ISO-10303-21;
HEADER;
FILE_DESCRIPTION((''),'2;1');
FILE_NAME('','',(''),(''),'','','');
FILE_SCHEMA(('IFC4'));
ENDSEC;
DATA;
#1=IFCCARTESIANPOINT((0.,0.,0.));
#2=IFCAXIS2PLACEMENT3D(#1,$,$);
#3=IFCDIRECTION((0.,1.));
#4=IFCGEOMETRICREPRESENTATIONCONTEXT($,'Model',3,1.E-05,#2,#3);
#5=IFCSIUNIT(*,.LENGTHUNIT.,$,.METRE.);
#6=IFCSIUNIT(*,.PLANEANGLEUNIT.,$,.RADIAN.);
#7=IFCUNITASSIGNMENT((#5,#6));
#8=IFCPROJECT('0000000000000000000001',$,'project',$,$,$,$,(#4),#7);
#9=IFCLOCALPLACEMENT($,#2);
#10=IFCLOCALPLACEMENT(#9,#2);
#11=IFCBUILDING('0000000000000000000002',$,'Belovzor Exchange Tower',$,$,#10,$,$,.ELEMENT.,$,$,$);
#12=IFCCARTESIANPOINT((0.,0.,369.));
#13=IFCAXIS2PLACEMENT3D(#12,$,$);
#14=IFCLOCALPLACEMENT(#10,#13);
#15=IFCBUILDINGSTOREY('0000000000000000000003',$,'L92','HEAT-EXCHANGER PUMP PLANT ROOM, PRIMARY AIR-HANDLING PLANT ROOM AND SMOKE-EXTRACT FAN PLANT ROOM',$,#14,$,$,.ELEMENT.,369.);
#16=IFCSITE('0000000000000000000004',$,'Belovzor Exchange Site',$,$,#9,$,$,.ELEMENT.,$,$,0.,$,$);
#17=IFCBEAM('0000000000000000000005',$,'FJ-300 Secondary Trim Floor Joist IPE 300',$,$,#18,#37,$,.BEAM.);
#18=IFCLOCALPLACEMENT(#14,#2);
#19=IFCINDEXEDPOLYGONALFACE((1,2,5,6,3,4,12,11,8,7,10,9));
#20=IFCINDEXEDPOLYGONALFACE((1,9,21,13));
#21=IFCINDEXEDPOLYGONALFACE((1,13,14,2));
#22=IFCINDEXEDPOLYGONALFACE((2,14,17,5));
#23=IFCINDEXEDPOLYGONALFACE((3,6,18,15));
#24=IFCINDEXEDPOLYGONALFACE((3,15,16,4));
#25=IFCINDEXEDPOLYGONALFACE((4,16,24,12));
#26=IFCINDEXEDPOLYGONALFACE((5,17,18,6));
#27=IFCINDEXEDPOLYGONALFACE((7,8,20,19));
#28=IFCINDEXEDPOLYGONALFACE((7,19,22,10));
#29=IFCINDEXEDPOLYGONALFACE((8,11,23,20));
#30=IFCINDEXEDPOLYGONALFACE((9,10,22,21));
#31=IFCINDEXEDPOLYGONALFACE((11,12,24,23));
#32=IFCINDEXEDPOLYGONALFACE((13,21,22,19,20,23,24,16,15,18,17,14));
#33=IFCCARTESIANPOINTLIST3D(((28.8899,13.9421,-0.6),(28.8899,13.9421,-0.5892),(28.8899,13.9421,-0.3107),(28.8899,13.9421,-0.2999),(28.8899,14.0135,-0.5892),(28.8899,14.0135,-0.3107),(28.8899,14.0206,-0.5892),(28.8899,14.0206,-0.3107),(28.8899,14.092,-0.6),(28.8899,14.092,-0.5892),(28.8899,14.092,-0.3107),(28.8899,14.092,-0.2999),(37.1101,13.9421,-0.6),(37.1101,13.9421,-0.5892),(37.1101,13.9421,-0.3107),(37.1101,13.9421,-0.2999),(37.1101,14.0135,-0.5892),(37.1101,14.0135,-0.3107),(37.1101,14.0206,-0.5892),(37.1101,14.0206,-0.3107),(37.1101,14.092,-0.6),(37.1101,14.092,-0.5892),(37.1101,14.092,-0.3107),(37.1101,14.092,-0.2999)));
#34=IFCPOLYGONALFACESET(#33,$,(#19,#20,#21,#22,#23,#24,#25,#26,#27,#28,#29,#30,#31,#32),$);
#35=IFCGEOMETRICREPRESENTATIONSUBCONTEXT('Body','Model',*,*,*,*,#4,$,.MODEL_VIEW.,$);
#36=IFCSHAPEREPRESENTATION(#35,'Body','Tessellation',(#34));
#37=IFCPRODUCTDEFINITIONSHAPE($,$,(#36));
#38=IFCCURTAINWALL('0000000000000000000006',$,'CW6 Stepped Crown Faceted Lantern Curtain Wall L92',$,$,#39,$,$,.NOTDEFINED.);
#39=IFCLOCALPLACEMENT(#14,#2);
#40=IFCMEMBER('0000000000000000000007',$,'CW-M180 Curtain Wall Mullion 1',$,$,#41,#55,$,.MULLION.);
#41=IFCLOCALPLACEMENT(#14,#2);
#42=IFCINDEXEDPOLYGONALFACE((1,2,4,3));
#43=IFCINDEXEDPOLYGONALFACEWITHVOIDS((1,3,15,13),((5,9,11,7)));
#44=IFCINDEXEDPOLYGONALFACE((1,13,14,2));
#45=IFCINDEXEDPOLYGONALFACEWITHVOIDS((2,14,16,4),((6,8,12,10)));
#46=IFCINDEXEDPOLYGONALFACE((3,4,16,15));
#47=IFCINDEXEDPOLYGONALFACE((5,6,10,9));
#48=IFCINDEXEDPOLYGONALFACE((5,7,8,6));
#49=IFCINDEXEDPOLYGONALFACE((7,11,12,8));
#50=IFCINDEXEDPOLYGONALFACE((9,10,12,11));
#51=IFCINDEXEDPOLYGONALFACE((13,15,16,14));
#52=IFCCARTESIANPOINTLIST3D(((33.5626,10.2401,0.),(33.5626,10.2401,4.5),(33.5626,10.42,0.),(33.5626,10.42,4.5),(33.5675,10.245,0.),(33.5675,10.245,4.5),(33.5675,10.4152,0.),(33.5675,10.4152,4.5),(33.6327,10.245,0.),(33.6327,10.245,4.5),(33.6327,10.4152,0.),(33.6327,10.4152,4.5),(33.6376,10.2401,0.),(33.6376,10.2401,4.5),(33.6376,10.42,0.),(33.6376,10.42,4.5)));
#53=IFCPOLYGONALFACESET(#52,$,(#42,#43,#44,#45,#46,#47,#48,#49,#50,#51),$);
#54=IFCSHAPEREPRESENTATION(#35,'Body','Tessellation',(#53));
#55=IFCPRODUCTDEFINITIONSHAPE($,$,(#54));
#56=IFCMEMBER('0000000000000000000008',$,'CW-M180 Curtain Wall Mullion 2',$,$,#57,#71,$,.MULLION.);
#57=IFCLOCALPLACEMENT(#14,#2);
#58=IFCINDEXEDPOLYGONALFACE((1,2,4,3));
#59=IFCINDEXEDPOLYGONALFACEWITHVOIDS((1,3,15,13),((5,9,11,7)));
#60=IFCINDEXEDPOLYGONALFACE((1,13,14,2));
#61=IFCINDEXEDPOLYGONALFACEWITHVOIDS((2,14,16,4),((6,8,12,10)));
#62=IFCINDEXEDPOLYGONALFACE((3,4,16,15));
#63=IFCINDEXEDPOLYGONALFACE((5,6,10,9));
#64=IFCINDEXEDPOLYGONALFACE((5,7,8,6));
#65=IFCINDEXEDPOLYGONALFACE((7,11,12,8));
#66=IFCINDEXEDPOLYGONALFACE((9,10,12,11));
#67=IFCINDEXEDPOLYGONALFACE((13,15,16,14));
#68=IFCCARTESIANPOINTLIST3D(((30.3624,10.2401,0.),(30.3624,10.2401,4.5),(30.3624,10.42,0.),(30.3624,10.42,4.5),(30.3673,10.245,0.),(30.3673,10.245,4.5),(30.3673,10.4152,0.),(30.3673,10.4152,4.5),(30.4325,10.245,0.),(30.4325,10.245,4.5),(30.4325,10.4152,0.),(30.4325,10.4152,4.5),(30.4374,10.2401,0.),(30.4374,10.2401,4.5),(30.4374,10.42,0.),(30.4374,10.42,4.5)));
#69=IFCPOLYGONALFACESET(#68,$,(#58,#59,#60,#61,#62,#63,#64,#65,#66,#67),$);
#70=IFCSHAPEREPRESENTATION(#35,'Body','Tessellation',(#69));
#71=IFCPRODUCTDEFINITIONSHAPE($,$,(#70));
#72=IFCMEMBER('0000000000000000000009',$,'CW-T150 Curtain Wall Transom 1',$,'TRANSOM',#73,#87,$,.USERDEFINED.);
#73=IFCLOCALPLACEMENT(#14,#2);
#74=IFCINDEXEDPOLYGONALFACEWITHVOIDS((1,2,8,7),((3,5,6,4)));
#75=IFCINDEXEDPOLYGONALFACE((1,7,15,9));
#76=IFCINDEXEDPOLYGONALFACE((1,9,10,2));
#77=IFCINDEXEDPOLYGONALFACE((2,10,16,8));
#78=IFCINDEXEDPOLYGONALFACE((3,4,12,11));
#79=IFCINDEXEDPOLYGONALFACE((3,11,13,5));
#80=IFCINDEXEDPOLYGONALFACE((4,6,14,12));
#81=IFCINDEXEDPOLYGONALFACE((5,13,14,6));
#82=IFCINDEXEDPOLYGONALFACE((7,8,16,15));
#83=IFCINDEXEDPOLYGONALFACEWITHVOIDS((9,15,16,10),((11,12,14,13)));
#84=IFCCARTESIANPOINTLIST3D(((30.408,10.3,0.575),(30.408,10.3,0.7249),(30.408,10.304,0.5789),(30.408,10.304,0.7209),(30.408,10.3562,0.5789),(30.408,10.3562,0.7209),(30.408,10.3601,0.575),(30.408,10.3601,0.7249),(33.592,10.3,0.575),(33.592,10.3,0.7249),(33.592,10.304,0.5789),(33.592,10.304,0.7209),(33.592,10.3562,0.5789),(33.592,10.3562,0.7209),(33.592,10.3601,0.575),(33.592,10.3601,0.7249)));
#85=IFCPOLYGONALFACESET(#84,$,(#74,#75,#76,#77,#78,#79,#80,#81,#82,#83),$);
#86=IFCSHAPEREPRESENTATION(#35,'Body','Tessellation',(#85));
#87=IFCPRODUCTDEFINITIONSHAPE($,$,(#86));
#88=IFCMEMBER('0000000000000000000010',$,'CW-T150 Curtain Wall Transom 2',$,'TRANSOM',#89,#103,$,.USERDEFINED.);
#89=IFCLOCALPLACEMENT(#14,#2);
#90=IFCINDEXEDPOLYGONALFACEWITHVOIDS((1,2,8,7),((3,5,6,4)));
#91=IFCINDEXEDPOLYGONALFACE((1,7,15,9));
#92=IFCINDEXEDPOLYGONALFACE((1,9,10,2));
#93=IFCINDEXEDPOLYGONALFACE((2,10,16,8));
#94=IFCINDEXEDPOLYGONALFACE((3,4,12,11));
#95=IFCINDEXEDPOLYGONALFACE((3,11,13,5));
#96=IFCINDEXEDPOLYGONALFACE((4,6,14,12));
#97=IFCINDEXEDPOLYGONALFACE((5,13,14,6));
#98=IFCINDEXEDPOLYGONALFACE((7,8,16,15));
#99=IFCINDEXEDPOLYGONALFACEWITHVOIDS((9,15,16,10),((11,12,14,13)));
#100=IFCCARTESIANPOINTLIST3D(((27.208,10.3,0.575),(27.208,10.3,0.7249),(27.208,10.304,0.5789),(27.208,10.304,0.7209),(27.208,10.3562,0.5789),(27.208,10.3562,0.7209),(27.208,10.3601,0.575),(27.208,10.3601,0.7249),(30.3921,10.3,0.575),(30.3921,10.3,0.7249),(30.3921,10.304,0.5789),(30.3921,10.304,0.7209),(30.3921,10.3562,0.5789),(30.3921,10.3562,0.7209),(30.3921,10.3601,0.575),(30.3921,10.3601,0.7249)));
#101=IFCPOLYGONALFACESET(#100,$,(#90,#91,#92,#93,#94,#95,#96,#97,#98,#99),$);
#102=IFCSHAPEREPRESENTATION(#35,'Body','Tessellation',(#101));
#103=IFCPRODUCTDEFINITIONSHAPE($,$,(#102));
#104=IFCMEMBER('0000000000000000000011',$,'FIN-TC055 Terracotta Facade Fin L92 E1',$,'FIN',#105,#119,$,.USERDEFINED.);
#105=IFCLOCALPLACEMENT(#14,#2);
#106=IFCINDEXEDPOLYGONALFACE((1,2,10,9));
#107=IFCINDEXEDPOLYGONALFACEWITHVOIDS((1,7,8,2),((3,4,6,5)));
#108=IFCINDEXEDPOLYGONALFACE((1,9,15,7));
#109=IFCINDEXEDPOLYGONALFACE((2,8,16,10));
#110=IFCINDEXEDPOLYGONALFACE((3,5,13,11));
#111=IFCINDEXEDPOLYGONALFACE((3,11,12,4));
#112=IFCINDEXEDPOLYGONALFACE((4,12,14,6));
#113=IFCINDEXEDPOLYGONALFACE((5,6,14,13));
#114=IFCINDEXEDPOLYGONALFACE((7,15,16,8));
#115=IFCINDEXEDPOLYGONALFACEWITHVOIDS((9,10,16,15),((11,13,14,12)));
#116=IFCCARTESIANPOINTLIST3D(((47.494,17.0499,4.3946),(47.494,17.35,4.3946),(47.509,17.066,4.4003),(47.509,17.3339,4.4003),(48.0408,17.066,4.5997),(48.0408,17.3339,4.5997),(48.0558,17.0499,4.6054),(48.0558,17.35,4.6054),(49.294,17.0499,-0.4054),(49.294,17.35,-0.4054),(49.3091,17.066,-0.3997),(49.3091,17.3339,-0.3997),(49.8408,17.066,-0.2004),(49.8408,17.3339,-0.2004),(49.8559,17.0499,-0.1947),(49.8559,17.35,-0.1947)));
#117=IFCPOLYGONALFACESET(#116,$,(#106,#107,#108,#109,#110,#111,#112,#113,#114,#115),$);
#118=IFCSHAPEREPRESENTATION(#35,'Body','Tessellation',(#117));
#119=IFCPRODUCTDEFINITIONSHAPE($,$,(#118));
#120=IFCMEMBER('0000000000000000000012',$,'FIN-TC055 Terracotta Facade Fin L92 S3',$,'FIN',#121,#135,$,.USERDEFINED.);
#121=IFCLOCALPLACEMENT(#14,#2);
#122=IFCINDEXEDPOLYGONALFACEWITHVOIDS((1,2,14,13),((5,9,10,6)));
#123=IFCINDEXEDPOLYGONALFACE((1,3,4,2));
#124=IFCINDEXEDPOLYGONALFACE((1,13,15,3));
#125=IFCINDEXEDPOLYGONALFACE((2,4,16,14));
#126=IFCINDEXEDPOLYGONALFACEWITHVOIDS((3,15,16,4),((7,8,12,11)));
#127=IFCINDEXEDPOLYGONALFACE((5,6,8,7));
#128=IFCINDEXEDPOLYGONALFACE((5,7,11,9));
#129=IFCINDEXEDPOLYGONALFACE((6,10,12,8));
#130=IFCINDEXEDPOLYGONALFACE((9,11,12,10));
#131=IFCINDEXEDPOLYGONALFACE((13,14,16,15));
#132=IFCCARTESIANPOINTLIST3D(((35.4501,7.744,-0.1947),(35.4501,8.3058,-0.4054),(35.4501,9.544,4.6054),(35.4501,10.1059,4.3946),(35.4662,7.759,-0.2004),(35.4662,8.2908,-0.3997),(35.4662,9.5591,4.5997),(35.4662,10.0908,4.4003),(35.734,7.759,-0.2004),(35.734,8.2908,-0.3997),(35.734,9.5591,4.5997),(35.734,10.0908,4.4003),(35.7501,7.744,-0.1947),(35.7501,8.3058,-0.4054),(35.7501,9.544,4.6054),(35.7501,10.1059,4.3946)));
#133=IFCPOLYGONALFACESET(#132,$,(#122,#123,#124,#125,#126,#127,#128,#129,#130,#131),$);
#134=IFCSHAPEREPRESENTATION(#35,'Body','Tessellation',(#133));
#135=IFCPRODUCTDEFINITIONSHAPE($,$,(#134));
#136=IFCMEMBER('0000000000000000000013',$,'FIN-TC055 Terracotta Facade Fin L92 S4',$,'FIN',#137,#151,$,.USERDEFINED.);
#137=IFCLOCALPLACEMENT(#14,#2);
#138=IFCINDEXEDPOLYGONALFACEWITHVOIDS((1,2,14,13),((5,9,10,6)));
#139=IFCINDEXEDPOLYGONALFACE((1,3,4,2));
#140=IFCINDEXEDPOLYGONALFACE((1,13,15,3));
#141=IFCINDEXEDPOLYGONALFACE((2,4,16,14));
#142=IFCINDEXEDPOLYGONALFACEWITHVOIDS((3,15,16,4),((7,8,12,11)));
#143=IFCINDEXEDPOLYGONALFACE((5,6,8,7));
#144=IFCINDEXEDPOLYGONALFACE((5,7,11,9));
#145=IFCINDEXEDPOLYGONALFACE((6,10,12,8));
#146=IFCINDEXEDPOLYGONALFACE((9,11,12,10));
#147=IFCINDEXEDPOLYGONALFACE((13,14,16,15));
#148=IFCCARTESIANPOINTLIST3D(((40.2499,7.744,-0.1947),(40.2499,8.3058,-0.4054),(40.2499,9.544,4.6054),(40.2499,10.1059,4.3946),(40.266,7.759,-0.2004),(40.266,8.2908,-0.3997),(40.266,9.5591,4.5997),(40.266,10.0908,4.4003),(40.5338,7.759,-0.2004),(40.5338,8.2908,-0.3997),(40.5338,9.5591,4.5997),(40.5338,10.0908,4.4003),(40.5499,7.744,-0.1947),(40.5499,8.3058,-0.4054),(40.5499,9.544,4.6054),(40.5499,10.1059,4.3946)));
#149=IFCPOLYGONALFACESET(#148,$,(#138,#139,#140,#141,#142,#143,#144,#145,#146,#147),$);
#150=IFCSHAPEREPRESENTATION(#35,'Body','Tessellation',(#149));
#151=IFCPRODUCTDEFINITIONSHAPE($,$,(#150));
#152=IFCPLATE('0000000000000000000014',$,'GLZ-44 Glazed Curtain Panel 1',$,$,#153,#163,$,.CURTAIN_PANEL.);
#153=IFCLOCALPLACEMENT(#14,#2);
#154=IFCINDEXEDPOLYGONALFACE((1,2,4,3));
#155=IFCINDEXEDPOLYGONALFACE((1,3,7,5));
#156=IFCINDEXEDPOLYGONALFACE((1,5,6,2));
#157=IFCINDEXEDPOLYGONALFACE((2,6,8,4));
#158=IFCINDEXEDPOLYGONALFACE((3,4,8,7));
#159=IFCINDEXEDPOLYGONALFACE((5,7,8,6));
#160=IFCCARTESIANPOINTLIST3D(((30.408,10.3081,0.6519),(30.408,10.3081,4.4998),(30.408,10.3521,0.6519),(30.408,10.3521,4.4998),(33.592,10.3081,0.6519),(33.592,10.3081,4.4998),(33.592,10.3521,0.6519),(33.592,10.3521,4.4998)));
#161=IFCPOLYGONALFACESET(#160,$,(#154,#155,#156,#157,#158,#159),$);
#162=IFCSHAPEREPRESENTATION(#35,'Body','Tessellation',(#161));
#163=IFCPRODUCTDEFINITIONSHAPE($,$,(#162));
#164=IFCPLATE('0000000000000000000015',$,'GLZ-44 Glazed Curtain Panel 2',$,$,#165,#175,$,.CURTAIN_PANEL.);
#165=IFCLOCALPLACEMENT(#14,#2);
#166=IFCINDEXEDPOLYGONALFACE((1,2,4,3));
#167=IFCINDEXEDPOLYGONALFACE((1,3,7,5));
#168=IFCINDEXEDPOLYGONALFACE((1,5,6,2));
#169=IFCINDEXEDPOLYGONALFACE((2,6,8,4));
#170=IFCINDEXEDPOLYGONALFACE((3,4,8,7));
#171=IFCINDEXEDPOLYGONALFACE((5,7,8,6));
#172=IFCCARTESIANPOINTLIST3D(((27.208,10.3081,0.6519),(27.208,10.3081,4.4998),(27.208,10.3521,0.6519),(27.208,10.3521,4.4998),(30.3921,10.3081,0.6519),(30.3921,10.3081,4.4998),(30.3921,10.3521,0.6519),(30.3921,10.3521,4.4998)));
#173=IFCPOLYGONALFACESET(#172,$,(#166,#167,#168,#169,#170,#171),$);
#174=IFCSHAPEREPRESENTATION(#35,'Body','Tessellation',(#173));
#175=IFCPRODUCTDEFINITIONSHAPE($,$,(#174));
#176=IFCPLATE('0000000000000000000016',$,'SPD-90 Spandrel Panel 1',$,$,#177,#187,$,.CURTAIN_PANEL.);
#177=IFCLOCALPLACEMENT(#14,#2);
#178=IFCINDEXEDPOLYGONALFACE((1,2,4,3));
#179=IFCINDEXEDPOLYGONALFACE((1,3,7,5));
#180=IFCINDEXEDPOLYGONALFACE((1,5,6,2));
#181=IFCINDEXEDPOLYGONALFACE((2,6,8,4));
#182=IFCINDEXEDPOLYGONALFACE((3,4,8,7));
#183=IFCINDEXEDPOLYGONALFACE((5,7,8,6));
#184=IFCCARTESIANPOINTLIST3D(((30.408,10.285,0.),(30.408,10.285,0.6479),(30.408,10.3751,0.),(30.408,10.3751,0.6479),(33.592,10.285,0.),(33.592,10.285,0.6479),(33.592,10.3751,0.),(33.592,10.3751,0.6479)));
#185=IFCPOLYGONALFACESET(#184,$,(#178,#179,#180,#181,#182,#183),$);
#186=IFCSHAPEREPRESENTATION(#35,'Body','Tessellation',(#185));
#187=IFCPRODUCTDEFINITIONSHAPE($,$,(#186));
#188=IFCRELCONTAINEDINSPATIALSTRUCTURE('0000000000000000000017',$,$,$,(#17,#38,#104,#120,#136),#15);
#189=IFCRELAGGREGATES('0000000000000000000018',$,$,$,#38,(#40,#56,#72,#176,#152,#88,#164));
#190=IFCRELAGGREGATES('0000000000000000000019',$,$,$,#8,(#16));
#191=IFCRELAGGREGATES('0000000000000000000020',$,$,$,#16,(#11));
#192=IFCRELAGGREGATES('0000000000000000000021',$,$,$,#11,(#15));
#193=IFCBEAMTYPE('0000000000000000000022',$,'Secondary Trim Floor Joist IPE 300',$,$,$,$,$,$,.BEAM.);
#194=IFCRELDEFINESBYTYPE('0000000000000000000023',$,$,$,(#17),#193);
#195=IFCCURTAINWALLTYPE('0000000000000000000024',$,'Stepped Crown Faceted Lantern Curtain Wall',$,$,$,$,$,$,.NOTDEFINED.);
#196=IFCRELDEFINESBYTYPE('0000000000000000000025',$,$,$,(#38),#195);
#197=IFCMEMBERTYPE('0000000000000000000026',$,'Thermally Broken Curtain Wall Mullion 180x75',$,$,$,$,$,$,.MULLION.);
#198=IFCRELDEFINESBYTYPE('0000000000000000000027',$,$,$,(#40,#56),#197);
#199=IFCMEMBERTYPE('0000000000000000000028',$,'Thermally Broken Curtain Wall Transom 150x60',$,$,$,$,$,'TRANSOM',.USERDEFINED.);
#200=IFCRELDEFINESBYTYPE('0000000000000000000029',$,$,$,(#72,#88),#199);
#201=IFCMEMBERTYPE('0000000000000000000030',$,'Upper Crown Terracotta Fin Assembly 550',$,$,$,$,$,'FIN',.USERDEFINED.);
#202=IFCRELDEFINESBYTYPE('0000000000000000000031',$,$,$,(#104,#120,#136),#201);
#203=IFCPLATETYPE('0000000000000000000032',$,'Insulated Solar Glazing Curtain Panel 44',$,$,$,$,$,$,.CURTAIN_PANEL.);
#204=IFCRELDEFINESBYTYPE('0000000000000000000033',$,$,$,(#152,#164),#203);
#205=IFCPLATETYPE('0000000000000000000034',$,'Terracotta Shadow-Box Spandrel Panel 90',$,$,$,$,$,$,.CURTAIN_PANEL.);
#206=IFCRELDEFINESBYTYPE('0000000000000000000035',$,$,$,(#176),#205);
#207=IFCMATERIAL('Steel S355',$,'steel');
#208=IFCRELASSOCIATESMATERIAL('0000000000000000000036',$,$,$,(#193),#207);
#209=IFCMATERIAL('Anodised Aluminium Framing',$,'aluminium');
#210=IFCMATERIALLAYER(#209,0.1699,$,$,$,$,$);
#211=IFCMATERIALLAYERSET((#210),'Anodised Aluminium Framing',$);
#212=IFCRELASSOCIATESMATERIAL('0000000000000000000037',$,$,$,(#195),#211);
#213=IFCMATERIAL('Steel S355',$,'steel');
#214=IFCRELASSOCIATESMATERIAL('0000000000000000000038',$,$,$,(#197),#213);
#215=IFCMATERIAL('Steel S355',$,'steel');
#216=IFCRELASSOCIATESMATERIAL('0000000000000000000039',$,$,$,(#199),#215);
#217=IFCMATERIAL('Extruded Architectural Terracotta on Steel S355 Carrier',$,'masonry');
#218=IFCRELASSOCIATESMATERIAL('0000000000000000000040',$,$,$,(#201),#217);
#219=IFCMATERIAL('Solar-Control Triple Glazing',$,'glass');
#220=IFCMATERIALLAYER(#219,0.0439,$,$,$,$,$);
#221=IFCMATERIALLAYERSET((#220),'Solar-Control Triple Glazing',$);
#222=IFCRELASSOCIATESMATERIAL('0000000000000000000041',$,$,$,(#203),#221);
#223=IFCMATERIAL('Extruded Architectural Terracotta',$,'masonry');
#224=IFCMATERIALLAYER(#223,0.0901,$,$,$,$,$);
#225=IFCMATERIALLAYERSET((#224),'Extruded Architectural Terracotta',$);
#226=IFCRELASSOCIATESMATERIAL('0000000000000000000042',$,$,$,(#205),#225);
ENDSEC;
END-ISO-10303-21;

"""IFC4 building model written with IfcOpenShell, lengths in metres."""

from ifc_helpers import new_model, si_unit, direction, frame, origin, origin_2d, place, context, subcontext, project, spatial, rectangle, hollow_rectangle, i_section, extrude, material, layer, layer_set, material_profile, profile_set, type_object, element, aggregate, save


model = new_model("IFC4")

# Units and contexts
model_context = context("Model", 3, precision=1e-05, world=origin(), true_north=direction((0.0, 1.0)))
body_context = subcontext(model_context, "Body", "Model", "MODEL_VIEW")
ifc_project = project(units=[si_unit("LENGTHUNIT", "METRE"), si_unit("PLANEANGLEUNIT", "RADIAN")], contexts=[model_context])

# Site, building, storey
site_placement = place(None, origin())
site = spatial("IfcSite", under=ifc_project, at=site_placement, Name="Belovzor Exchange Site", CompositionType="ELEMENT", RefElevation=0.0)
building_placement = place(site_placement, origin())
building = spatial("IfcBuilding", under=site, at=building_placement, Name="Belovzor Exchange Tower", CompositionType="ELEMENT")
storey_placement = place(building_placement, frame((0.0, 0.0, 369.0)))
storey = spatial("IfcBuildingStorey", under=building, at=storey_placement, Name="L92", Description="HEAT-EXCHANGER PUMP PLANT ROOM, PRIMARY AIR-HANDLING PLANT ROOM AND SMOKE-EXTRACT FAN PLANT ROOM", CompositionType="ELEMENT", Elevation=369.0)

# Beam
ifc_material_1 = material(Name="Steel S355", Category="steel")
ifc_material_profile_1 = material_profile(ifc_material_1, i_section(OverallWidth=0.1499, OverallDepth=0.3, WebThickness=0.0071, FlangeThickness=0.0107, at=origin_2d()))
ifc_profile_set_1 = profile_set([ifc_material_profile_1], Name="Steel S355")
beam_type_1 = type_object("IfcBeamType", Name="Secondary Trim Floor Joist IPE 300", PredefinedType="BEAM", material=ifc_profile_set_1)
beam_1_placement = place(storey_placement, frame((28.8899, 14.0171, -0.45), z_axis=(1.0, 0.0, 0.0), x_axis=(0.0, 1.0, 0.0)))
element("IfcBeam", 1, at=beam_1_placement, inside=storey, type_object=beam_type_1, Name="FJ-300 Secondary Trim Floor Joist IPE 300", PredefinedType="BEAM", context=body_context, shape_type="SweptSolid", body=[
    extrude(i_section(OverallWidth=0.1499, OverallDepth=0.3, WebThickness=0.0071, FlangeThickness=0.0107, at=origin_2d()), origin(), (0.0, 0.0, 1.0), 8.2202),
])

# Curtain wall, members
ifc_material_2 = material(Name="Anodised Aluminium Framing", Category="aluminium")
ifc_layer_1 = layer(ifc_material_2, 0.1699)
ifc_layer_set_1 = layer_set([ifc_layer_1], Name="Anodised Aluminium Framing")
curtain_wall_type = type_object("IfcCurtainWallType", Name="Stepped Crown Faceted Lantern Curtain Wall", PredefinedType="NOTDEFINED", material=ifc_layer_set_1)
curtain_wall_placement = place(storey_placement, origin())
curtain_wall = element("IfcCurtainWall", 2, at=curtain_wall_placement, inside=storey, type_object=curtain_wall_type, Name="CW6 Stepped Crown Faceted Lantern Curtain Wall L92", PredefinedType="NOTDEFINED")
ifc_material_3 = material(Name="Steel S355", Category="steel")
ifc_material_profile_2 = material_profile(ifc_material_3, hollow_rectangle(XDim=0.075, YDim=0.1799, WallThickness=0.0049, at=origin_2d()))
ifc_profile_set_2 = profile_set([ifc_material_profile_2], Name="Steel S355")
member_type_1 = type_object("IfcMemberType", Name="Thermally Broken Curtain Wall Mullion 180x75", PredefinedType="MULLION", material=ifc_profile_set_2)
member_1_placement = place(storey_placement, frame((33.6001, 10.3301, 0.0), z_axis=(0.0, 0.0, 1.0), x_axis=(-1.0, 0.0, 0.0)))
member_1 = element("IfcMember", 3, at=member_1_placement, type_object=member_type_1, Name="CW-M180 Curtain Wall Mullion 1", PredefinedType="MULLION", context=body_context, shape_type="SweptSolid", body=[
    extrude(hollow_rectangle(XDim=0.075, YDim=0.1799, WallThickness=0.0049, at=origin_2d()), origin(), (0.0, 0.0, 1.0), 4.5),
])
member_2_placement = place(storey_placement, frame((30.3999, 10.3301, 0.0), z_axis=(0.0, 0.0, 1.0), x_axis=(-1.0, 0.0, 0.0)))
member_2 = element("IfcMember", 4, at=member_2_placement, type_object=member_type_1, Name="CW-M180 Curtain Wall Mullion 2", PredefinedType="MULLION", context=body_context, shape_type="SweptSolid", body=[
    extrude(hollow_rectangle(XDim=0.075, YDim=0.1799, WallThickness=0.0049, at=origin_2d()), origin(), (0.0, 0.0, 1.0), 4.5),
])
ifc_material_4 = material(Name="Steel S355", Category="steel")
ifc_material_profile_3 = material_profile(ifc_material_4, hollow_rectangle(XDim=0.0601, YDim=0.1499, WallThickness=0.0039, at=origin_2d()))
ifc_profile_set_3 = profile_set([ifc_material_profile_3], Name="Steel S355")
member_type_2 = type_object("IfcMemberType", Name="Thermally Broken Curtain Wall Transom 150x60", ElementType="TRANSOM", PredefinedType="USERDEFINED", material=ifc_profile_set_3)
member_3_placement = place(storey_placement, frame((33.592, 10.3301, 0.6499), z_axis=(-1.0, 0.0, 0.0), x_axis=(0.0, -1.0, 0.0)))
member_3 = element("IfcMember", 5, at=member_3_placement, type_object=member_type_2, Name="CW-T150 Curtain Wall Transom 1", ObjectType="TRANSOM", PredefinedType="USERDEFINED", context=body_context, shape_type="SweptSolid", body=[
    extrude(hollow_rectangle(XDim=0.0601, YDim=0.1499, WallThickness=0.0039, at=origin_2d()), origin(), (0.0, 0.0, 1.0), 3.1841),
])
member_4_placement = place(storey_placement, frame((30.3921, 10.3301, 0.6499), z_axis=(-1.0, 0.0, 0.0), x_axis=(0.0, -1.0, 0.0)))
member_4 = element("IfcMember", 6, at=member_4_placement, type_object=member_type_2, Name="CW-T150 Curtain Wall Transom 2", ObjectType="TRANSOM", PredefinedType="USERDEFINED", context=body_context, shape_type="SweptSolid", body=[
    extrude(hollow_rectangle(XDim=0.0601, YDim=0.1499, WallThickness=0.0039, at=origin_2d()), origin(), (0.0, 0.0, 1.0), 3.1841),
])

# Members
ifc_material_5 = material(Name="Extruded Architectural Terracotta on Steel S355 Carrier", Category="masonry")
ifc_material_profile_4 = material_profile(ifc_material_5, hollow_rectangle(XDim=0.3, YDim=0.6001, WallThickness=0.0161, at=origin_2d()))
ifc_profile_set_4 = profile_set([ifc_material_profile_4], Name="Extruded Architectural Terracotta on Steel S355 Carrier")
member_type_3 = type_object("IfcMemberType", Name="Upper Crown Terracotta Fin Assembly 550", ElementType="FIN", PredefinedType="USERDEFINED", material=ifc_profile_set_4)
for number, where, z_axis, x_axis, name in (
    (7, (49.575, 17.2, -0.3), (-0.351129, 0.0, 0.936327), (0.0, -1.0, 0.0), "FIN-TC055 Terracotta Facade Fin L92 E1"),
    (8, (35.6001, 8.0249, -0.3), (0.0, 0.351129, 0.936327), (-1.0, 0.0, 0.0), "FIN-TC055 Terracotta Facade Fin L92 S3"),
    (9, (40.3999, 8.0249, -0.3), (0.0, 0.351129, 0.936327), (-1.0, 0.0, 0.0), "FIN-TC055 Terracotta Facade Fin L92 S4"),
):
    element("IfcMember", number, at=place(storey_placement, frame(where, z_axis=z_axis, x_axis=x_axis)), inside=storey, type_object=member_type_3, Name=name, ObjectType="FIN", PredefinedType="USERDEFINED", context=body_context, shape_type="SweptSolid", body=[
        extrude(hollow_rectangle(XDim=0.3, YDim=0.6001, WallThickness=0.0161, at=origin_2d()), origin(), (0.0, 0.0, 1.0), 5.1265),
    ])

# Plates
ifc_material_6 = material(Name="Solar-Control Triple Glazing", Category="glass")
ifc_layer_2 = layer(ifc_material_6, 0.0439)
ifc_layer_set_2 = layer_set([ifc_layer_2], Name="Solar-Control Triple Glazing")
plate_type_1 = type_object("IfcPlateType", Name="Insulated Solar Glazing Curtain Panel 44", PredefinedType="CURTAIN_PANEL", material=ifc_layer_set_2)
plate_1_placement = place(storey_placement, frame((32.0, 10.3301, 0.6519), z_axis=(0.0, 0.0, 1.0), x_axis=(-1.0, 0.0, 0.0)))
plate_1 = element("IfcPlate", 10, at=plate_1_placement, type_object=plate_type_1, Name="GLZ-44 Glazed Curtain Panel 1", PredefinedType="CURTAIN_PANEL", context=body_context, shape_type="SweptSolid", body=[
    extrude(rectangle(XDim=3.1841, YDim=0.0439, at=origin_2d()), origin(), (0.0, 0.0, 1.0), 3.8479),
])
plate_2_placement = place(storey_placement, frame((28.8, 10.3301, 0.6519), z_axis=(0.0, 0.0, 1.0), x_axis=(-1.0, 0.0, 0.0)))
plate_2 = element("IfcPlate", 11, at=plate_2_placement, type_object=plate_type_1, Name="GLZ-44 Glazed Curtain Panel 2", PredefinedType="CURTAIN_PANEL", context=body_context, shape_type="SweptSolid", body=[
    extrude(rectangle(XDim=3.1841, YDim=0.0439, at=origin_2d()), origin(), (0.0, 0.0, 1.0), 3.8479),
])
ifc_material_7 = material(Name="Extruded Architectural Terracotta", Category="masonry")
ifc_layer_3 = layer(ifc_material_7, 0.0901)
ifc_layer_set_3 = layer_set([ifc_layer_3], Name="Extruded Architectural Terracotta")
plate_type_2 = type_object("IfcPlateType", Name="Terracotta Shadow-Box Spandrel Panel 90", PredefinedType="CURTAIN_PANEL", material=ifc_layer_set_3)
plate_3_placement = place(storey_placement, frame((32.0, 10.3301, 0.0), z_axis=(0.0, 0.0, 1.0), x_axis=(-1.0, 0.0, 0.0)))
plate_3 = element("IfcPlate", 12, at=plate_3_placement, type_object=plate_type_2, Name="SPD-90 Spandrel Panel 1", PredefinedType="CURTAIN_PANEL", context=body_context, shape_type="SweptSolid", body=[
    extrude(rectangle(XDim=3.1841, YDim=0.0901, at=origin_2d()), origin(), (0.0, 0.0, 1.0), 0.6479),
])
aggregate(curtain_wall, [member_1, member_2, member_3, plate_3, plate_1, member_4, plate_2])

save(model, "model.ifc")
